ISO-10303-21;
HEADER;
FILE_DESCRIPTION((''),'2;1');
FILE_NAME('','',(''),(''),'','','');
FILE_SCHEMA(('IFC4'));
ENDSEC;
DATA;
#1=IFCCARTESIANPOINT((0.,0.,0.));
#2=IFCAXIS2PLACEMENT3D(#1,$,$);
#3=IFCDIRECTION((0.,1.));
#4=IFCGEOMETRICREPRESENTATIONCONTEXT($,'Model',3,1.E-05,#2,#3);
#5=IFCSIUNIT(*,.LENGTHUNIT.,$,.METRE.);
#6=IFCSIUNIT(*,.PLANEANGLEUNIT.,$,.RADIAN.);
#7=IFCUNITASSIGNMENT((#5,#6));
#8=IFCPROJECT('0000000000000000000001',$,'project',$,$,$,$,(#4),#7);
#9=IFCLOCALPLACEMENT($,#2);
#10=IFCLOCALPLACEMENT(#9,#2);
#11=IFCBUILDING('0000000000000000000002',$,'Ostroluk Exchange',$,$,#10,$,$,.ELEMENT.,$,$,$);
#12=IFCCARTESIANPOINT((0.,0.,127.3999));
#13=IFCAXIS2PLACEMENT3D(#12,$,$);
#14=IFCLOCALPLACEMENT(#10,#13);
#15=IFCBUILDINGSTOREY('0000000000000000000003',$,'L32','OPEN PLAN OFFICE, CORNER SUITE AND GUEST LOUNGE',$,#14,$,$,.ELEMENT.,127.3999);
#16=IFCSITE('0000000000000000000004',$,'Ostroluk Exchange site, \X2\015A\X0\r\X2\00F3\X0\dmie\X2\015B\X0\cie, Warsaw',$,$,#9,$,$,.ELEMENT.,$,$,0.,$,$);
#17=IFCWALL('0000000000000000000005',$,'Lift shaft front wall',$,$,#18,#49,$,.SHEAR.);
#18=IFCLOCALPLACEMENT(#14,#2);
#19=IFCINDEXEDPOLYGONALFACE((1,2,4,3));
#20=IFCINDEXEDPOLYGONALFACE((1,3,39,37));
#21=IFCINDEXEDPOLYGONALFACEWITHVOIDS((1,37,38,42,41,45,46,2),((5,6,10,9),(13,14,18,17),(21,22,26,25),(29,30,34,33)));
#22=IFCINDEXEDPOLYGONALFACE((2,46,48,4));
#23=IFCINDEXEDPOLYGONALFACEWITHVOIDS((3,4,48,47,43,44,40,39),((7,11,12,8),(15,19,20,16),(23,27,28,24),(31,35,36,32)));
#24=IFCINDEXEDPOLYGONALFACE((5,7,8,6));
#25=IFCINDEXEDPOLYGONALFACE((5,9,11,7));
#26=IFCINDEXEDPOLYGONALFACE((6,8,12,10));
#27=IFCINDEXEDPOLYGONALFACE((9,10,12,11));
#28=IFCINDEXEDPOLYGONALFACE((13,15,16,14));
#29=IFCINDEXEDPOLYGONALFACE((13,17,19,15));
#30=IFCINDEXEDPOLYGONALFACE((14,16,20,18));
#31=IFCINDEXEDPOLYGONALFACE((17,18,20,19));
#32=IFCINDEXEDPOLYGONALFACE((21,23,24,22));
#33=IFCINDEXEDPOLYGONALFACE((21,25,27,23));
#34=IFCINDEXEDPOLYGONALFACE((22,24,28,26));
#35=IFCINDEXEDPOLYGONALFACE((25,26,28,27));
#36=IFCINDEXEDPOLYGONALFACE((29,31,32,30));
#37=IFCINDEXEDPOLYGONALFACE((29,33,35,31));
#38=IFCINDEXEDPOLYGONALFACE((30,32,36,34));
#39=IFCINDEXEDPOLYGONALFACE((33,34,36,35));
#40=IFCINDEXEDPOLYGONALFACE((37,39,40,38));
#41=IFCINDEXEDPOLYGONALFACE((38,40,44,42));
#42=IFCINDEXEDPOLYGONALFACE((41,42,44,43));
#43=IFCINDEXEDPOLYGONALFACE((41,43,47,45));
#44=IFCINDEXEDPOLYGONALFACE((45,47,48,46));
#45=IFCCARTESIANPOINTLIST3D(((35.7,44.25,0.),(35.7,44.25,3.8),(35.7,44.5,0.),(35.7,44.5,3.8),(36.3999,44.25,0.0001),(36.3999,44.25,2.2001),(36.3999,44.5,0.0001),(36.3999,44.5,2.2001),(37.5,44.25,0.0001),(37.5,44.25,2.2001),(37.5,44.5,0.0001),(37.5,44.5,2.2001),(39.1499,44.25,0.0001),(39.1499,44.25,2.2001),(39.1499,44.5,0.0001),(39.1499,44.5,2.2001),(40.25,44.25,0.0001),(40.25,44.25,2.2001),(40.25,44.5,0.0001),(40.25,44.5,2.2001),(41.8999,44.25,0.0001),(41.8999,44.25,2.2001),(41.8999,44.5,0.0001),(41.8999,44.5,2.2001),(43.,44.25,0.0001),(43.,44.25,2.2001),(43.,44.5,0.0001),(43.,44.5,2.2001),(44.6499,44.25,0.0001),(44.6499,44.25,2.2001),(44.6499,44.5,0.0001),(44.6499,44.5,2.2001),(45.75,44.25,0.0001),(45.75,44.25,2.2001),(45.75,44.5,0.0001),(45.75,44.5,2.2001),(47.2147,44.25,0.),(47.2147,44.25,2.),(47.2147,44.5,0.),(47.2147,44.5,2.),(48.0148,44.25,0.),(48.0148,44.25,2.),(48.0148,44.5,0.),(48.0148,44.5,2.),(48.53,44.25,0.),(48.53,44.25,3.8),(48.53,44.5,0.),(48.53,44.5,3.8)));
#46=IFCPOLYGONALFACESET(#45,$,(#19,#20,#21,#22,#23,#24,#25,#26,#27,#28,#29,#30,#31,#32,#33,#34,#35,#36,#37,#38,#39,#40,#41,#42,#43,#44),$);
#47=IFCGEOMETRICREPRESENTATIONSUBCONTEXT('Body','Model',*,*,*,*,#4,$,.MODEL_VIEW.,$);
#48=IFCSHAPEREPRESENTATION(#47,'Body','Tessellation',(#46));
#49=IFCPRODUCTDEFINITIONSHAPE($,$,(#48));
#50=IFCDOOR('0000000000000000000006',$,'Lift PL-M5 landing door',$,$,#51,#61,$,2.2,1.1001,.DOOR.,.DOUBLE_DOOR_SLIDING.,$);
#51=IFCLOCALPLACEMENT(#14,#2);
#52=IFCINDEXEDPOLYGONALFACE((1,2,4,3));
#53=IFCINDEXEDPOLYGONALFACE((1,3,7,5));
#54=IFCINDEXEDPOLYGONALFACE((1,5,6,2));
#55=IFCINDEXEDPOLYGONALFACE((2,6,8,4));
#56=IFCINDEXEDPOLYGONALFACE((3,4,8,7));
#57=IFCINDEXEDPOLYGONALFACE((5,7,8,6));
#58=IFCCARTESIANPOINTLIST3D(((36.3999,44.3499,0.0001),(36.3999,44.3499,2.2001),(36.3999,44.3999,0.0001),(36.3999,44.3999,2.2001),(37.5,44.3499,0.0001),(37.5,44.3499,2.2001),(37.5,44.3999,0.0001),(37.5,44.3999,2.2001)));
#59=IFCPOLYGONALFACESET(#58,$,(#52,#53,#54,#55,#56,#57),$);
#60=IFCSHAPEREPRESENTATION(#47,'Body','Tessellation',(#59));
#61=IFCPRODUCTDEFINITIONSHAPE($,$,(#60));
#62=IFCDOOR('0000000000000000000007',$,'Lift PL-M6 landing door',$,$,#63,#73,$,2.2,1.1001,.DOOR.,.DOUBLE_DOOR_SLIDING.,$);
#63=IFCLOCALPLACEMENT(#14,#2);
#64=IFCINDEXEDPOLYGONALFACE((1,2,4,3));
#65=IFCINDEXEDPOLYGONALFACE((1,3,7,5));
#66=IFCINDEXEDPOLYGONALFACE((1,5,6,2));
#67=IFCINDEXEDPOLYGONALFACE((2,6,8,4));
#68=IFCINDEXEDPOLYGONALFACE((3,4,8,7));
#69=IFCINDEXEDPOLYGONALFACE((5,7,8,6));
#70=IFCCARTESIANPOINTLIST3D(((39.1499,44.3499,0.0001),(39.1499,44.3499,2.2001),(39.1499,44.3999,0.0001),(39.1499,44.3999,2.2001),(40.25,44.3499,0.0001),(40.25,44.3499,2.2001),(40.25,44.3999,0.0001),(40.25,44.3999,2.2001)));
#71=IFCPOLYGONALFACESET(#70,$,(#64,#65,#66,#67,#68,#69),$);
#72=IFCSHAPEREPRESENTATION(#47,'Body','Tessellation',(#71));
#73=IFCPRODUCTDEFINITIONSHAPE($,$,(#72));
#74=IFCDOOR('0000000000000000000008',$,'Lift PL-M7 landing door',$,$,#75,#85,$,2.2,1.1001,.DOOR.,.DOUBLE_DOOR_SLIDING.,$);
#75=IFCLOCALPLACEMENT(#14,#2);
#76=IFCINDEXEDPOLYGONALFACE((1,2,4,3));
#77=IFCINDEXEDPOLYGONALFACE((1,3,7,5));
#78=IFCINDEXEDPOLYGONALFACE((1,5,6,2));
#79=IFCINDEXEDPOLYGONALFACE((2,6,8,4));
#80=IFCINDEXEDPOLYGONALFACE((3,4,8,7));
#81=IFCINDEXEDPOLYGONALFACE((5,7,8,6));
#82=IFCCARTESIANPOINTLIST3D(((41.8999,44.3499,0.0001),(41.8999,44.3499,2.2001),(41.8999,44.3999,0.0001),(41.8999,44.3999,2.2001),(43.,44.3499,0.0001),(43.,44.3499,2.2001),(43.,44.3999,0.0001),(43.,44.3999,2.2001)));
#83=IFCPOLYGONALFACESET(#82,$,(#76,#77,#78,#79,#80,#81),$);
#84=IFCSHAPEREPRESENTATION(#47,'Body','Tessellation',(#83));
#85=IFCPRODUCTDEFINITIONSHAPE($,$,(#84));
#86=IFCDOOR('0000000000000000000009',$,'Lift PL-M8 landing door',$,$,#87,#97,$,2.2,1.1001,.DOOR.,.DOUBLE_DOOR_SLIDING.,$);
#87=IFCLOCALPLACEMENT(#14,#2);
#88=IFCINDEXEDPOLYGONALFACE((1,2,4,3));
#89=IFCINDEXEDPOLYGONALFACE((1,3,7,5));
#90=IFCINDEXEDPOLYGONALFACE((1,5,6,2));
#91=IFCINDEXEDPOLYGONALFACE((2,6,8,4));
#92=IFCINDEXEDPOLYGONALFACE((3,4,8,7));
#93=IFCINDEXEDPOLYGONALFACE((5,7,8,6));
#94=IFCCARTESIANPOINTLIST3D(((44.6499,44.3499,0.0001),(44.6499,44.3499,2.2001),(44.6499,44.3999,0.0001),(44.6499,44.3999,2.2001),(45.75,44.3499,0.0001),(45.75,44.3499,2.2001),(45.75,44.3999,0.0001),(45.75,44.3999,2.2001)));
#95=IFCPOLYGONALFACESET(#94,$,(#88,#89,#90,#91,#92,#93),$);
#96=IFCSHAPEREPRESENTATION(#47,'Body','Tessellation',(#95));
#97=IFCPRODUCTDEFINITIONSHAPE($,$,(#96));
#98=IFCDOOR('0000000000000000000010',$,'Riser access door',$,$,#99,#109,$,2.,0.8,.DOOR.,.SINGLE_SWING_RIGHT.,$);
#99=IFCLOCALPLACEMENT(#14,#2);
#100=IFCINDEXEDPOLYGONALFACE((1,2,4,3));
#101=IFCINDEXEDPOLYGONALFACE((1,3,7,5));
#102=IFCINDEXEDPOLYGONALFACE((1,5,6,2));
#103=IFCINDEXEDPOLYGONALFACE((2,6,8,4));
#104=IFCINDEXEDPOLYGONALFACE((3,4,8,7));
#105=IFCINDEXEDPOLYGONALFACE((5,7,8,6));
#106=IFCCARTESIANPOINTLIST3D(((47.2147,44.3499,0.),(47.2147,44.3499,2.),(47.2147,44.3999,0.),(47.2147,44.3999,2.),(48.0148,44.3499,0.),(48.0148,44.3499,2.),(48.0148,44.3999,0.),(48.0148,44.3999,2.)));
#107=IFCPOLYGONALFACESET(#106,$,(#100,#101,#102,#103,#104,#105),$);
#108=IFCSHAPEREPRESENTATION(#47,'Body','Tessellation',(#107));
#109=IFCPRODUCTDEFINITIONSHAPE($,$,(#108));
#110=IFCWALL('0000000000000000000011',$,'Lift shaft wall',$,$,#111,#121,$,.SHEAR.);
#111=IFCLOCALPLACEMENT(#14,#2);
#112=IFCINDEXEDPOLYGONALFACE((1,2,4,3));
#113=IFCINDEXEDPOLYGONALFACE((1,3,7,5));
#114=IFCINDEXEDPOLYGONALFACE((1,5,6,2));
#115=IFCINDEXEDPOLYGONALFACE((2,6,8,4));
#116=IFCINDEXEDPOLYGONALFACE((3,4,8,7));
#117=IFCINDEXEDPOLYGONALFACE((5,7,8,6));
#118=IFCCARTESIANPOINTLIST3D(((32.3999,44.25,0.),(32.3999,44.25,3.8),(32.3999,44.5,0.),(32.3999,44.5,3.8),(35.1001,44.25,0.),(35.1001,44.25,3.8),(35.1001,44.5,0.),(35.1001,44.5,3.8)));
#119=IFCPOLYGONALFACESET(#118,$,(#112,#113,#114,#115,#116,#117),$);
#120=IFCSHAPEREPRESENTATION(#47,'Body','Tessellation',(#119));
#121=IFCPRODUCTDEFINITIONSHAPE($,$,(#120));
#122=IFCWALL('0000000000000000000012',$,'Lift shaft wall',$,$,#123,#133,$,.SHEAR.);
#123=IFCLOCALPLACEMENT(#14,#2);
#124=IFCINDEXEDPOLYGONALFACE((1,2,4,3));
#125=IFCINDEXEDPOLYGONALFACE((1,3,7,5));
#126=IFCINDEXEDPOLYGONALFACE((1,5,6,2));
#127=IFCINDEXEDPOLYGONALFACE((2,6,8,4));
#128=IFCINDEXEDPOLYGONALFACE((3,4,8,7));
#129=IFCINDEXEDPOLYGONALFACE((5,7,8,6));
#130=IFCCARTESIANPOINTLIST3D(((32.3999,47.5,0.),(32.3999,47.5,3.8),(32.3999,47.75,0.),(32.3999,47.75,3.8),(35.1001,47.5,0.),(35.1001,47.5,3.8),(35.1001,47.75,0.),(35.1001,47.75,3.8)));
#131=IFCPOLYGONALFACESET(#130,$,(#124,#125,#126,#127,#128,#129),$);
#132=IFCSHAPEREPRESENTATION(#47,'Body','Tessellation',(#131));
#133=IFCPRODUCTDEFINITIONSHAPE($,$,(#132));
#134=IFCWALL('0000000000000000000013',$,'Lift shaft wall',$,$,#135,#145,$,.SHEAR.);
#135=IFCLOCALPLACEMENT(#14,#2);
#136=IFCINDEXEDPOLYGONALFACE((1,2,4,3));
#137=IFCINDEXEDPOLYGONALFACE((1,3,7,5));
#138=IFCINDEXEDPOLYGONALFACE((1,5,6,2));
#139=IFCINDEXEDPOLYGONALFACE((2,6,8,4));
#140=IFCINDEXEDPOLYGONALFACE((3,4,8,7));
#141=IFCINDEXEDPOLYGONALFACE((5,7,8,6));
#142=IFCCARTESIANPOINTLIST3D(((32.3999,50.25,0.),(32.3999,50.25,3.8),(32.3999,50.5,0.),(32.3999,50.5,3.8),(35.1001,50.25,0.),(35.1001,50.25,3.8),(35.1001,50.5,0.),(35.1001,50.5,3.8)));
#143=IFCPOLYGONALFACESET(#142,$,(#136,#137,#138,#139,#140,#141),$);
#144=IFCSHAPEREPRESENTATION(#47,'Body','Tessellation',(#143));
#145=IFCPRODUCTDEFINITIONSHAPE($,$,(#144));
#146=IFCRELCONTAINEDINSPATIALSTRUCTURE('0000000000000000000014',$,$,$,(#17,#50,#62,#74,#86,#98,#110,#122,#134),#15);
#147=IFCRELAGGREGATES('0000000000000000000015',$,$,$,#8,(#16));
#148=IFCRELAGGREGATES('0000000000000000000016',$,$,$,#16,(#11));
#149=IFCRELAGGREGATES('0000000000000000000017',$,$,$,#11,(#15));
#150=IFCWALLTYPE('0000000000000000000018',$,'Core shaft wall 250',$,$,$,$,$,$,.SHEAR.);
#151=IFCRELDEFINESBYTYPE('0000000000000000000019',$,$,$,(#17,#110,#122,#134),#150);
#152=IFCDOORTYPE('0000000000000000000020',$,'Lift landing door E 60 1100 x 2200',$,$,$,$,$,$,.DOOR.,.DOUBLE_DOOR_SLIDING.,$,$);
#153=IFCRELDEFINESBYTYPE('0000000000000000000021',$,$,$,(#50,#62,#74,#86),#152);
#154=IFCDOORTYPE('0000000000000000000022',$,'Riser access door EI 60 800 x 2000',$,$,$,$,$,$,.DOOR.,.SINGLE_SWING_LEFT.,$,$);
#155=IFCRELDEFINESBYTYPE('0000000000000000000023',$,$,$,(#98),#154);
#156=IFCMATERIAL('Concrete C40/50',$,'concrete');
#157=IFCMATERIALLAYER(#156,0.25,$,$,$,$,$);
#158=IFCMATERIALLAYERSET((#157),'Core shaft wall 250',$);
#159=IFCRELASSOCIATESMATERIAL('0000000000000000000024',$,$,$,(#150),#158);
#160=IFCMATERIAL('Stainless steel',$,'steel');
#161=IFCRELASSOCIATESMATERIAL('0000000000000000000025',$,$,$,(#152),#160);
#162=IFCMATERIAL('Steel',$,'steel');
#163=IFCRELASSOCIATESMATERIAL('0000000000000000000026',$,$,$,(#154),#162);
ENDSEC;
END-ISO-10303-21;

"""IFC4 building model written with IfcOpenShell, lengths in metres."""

from ifc_helpers import new_model, si_unit, direction, frame, frame_2d, origin, place, context, subcontext, project, spatial, rectangle, extrude, material, layer, layer_set, type_object, element, fill, save


model = new_model("IFC4")

# Units and contexts
model_context = context("Model", 3, precision=1e-05, world=origin(), true_north=direction((0.0, 1.0)))
body_context = subcontext(model_context, "Body", "Model", "MODEL_VIEW")
ifc_project = project(units=[si_unit("LENGTHUNIT", "METRE"), si_unit("PLANEANGLEUNIT", "RADIAN")], contexts=[model_context])

# Site, building, storey
site_placement = place(None, origin())
site = spatial("IfcSite", under=ifc_project, at=site_placement, Name="Ostroluk Exchange site, Śródmieście, Warsaw", CompositionType="ELEMENT", RefElevation=0.0)
building_placement = place(site_placement, origin())
building = spatial("IfcBuilding", under=site, at=building_placement, Name="Ostroluk Exchange", CompositionType="ELEMENT")
storey_placement = place(building_placement, frame((0.0, 0.0, 127.3999)))
storey = spatial("IfcBuildingStorey", under=building, at=storey_placement, Name="L32", Description="OPEN PLAN OFFICE, CORNER SUITE AND GUEST LOUNGE", CompositionType="ELEMENT", Elevation=127.3999)

# Shared definitions
ifc_material_1 = material(Name="Concrete C40/50", Category="concrete")
ifc_layer = layer(ifc_material_1, 0.25)
ifc_layer_set = layer_set([ifc_layer], Name="Core shaft wall 250")
wall_type = type_object("IfcWallType", Name="Core shaft wall 250", PredefinedType="SHEAR", material=ifc_layer_set)

# Shared definitions
ifc_material_2 = material(Name="Stainless steel", Category="steel")
door_type_1 = type_object("IfcDoorType", Name="Lift landing door E 60 1100 x 2200", OperationType="DOUBLE_DOOR_SLIDING", PredefinedType="DOOR", material=ifc_material_2)
ifc_material_3 = material(Name="Steel", Category="steel")
door_type_2 = type_object("IfcDoorType", Name="Riser access door EI 60 800 x 2000", OperationType="SINGLE_SWING_LEFT", PredefinedType="DOOR", material=ifc_material_3)

# Wall, openings, doors
wall_1_placement = place(storey_placement, frame((35.7, 44.375, 0.0), z_axis=(0.0, 0.0, 1.0), x_axis=(1.0, 0.0, 0.0)))
wall_1 = element("IfcWall", 1, at=wall_1_placement, inside=storey, type_object=wall_type, Name="Lift shaft front wall", PredefinedType="SHEAR", context=body_context, shape_type="SweptSolid", body=[
    extrude(rectangle(XDim=12.8301, YDim=0.25, at=frame_2d((6.415, 0.0))), origin(), (0.0, 0.0, 1.0), 3.8),
])
opening_1_placement = place(wall_1_placement, frame((0.7, 0.0, 0.0)))
opening_1 = element("IfcOpeningElement", 2, at=opening_1_placement, cuts=wall_1, PredefinedType="OPENING", context=body_context, shape_type="SweptSolid", body=[
    extrude(rectangle(XDim=1.1001, YDim=2.2, at=frame_2d((0.55, 1.1001))), frame((0.0, 0.135, 0.0), z_axis=(0.0, -1.0, 0.0), x_axis=(1.0, 0.0, 0.0)), (0.0, 0.0, 1.0), 0.27),
])
opening_2_placement = place(wall_1_placement, frame((3.45, 0.0, 0.0)))
opening_2 = element("IfcOpeningElement", 3, at=opening_2_placement, cuts=wall_1, PredefinedType="OPENING", context=body_context, shape_type="SweptSolid", body=[
    extrude(rectangle(XDim=1.1001, YDim=2.2, at=frame_2d((0.55, 1.1001))), frame((0.0, 0.135, 0.0), z_axis=(0.0, -1.0, 0.0), x_axis=(1.0, 0.0, 0.0)), (0.0, 0.0, 1.0), 0.27),
])
opening_3_placement = place(wall_1_placement, frame((6.2, 0.0, 0.0)))
opening_3 = element("IfcOpeningElement", 4, at=opening_3_placement, cuts=wall_1, PredefinedType="OPENING", context=body_context, shape_type="SweptSolid", body=[
    extrude(rectangle(XDim=1.1001, YDim=2.2, at=frame_2d((0.55, 1.1001))), frame((0.0, 0.135, 0.0), z_axis=(0.0, -1.0, 0.0), x_axis=(1.0, 0.0, 0.0)), (0.0, 0.0, 1.0), 0.27),
])
opening_4_placement = place(wall_1_placement, frame((8.95, 0.0, 0.0)))
opening_4 = element("IfcOpeningElement", 5, at=opening_4_placement, cuts=wall_1, PredefinedType="OPENING", context=body_context, shape_type="SweptSolid", body=[
    extrude(rectangle(XDim=1.1001, YDim=2.2, at=frame_2d((0.55, 1.1001))), frame((0.0, 0.135, 0.0), z_axis=(0.0, -1.0, 0.0), x_axis=(1.0, 0.0, 0.0)), (0.0, 0.0, 1.0), 0.27),
])
opening_5_placement = place(wall_1_placement, frame((11.5149, 0.0, 0.0)))
opening_5 = element("IfcOpeningElement", 6, at=opening_5_placement, cuts=wall_1, PredefinedType="OPENING", context=body_context, shape_type="SweptSolid", body=[
    extrude(rectangle(XDim=0.8, YDim=2.0, at=frame_2d((0.3999, 1.0))), frame((0.0, 0.135, 0.0), z_axis=(0.0, -1.0, 0.0), x_axis=(1.0, 0.0, 0.0)), (0.0, 0.0, 1.0), 0.27),
])
door_1_placement = place(opening_1_placement, origin())
door_1 = element("IfcDoor", 7, at=door_1_placement, inside=storey, type_object=door_type_1, Name="Lift PL-M5 landing door", OperationType="DOUBLE_DOOR_SLIDING", OverallHeight=2.2, OverallWidth=1.1001, PredefinedType="DOOR", context=body_context, shape_type="SweptSolid", body=[
    extrude(rectangle(XDim=1.1001, YDim=2.2, at=frame_2d((0.55, 1.1001))), frame((0.0, 0.0249, 0.0), z_axis=(0.0, -1.0, 0.0), x_axis=(1.0, 0.0, 0.0)), (0.0, 0.0, 1.0), 0.05),
])
fill(opening_1, door_1)
door_2_placement = place(opening_2_placement, origin())
door_2 = element("IfcDoor", 8, at=door_2_placement, inside=storey, type_object=door_type_1, Name="Lift PL-M6 landing door", OperationType="DOUBLE_DOOR_SLIDING", OverallHeight=2.2, OverallWidth=1.1001, PredefinedType="DOOR", context=body_context, shape_type="SweptSolid", body=[
    extrude(rectangle(XDim=1.1001, YDim=2.2, at=frame_2d((0.55, 1.1001))), frame((0.0, 0.0249, 0.0), z_axis=(0.0, -1.0, 0.0), x_axis=(1.0, 0.0, 0.0)), (0.0, 0.0, 1.0), 0.05),
])
fill(opening_2, door_2)
door_3_placement = place(opening_3_placement, origin())
door_3 = element("IfcDoor", 9, at=door_3_placement, inside=storey, type_object=door_type_1, Name="Lift PL-M7 landing door", OperationType="DOUBLE_DOOR_SLIDING", OverallHeight=2.2, OverallWidth=1.1001, PredefinedType="DOOR", context=body_context, shape_type="SweptSolid", body=[
    extrude(rectangle(XDim=1.1001, YDim=2.2, at=frame_2d((0.55, 1.1001))), frame((0.0, 0.0249, 0.0), z_axis=(0.0, -1.0, 0.0), x_axis=(1.0, 0.0, 0.0)), (0.0, 0.0, 1.0), 0.05),
])
fill(opening_3, door_3)
door_4_placement = place(opening_4_placement, origin())
door_4 = element("IfcDoor", 10, at=door_4_placement, inside=storey, type_object=door_type_1, Name="Lift PL-M8 landing door", OperationType="DOUBLE_DOOR_SLIDING", OverallHeight=2.2, OverallWidth=1.1001, PredefinedType="DOOR", context=body_context, shape_type="SweptSolid", body=[
    extrude(rectangle(XDim=1.1001, YDim=2.2, at=frame_2d((0.55, 1.1001))), frame((0.0, 0.0249, 0.0), z_axis=(0.0, -1.0, 0.0), x_axis=(1.0, 0.0, 0.0)), (0.0, 0.0, 1.0), 0.05),
])
fill(opening_4, door_4)
door_5_placement = place(opening_5_placement, origin())
door_5 = element("IfcDoor", 11, at=door_5_placement, inside=storey, type_object=door_type_2, Name="Riser access door", OperationType="SINGLE_SWING_RIGHT", OverallHeight=2.0, OverallWidth=0.8, PredefinedType="DOOR", context=body_context, shape_type="SweptSolid", body=[
    extrude(rectangle(XDim=0.8, YDim=2.0, at=frame_2d((0.3999, 1.0))), frame((0.0, 0.0249, 0.0), z_axis=(0.0, -1.0, 0.0), x_axis=(1.0, 0.0, 0.0)), (0.0, 0.0, 1.0), 0.05),
])
fill(opening_5, door_5)

# Walls
for number, where, z_axis, x_axis, name in (
    (12, (32.3999, 44.375, 0.0), (0.0, 0.0, 1.0), (1.0, 0.0, 0.0), "Lift shaft wall"),
    (13, (32.3999, 47.625, 0.0), (0.0, 0.0, 1.0), (1.0, 0.0, 0.0), "Lift shaft wall"),
    (14, (32.3999, 50.375, 0.0), (0.0, 0.0, 1.0), (1.0, 0.0, 0.0), "Lift shaft wall"),
):
    element("IfcWall", number, at=place(storey_placement, frame(where, z_axis=z_axis, x_axis=x_axis)), inside=storey, type_object=wall_type, Name=name, PredefinedType="SHEAR", context=body_context, shape_type="SweptSolid", body=[
        extrude(rectangle(XDim=2.7002, YDim=0.25, at=frame_2d((1.3501, 0.0))), origin(), (0.0, 0.0, 1.0), 3.8),
    ])

save(model, "model.ifc")
